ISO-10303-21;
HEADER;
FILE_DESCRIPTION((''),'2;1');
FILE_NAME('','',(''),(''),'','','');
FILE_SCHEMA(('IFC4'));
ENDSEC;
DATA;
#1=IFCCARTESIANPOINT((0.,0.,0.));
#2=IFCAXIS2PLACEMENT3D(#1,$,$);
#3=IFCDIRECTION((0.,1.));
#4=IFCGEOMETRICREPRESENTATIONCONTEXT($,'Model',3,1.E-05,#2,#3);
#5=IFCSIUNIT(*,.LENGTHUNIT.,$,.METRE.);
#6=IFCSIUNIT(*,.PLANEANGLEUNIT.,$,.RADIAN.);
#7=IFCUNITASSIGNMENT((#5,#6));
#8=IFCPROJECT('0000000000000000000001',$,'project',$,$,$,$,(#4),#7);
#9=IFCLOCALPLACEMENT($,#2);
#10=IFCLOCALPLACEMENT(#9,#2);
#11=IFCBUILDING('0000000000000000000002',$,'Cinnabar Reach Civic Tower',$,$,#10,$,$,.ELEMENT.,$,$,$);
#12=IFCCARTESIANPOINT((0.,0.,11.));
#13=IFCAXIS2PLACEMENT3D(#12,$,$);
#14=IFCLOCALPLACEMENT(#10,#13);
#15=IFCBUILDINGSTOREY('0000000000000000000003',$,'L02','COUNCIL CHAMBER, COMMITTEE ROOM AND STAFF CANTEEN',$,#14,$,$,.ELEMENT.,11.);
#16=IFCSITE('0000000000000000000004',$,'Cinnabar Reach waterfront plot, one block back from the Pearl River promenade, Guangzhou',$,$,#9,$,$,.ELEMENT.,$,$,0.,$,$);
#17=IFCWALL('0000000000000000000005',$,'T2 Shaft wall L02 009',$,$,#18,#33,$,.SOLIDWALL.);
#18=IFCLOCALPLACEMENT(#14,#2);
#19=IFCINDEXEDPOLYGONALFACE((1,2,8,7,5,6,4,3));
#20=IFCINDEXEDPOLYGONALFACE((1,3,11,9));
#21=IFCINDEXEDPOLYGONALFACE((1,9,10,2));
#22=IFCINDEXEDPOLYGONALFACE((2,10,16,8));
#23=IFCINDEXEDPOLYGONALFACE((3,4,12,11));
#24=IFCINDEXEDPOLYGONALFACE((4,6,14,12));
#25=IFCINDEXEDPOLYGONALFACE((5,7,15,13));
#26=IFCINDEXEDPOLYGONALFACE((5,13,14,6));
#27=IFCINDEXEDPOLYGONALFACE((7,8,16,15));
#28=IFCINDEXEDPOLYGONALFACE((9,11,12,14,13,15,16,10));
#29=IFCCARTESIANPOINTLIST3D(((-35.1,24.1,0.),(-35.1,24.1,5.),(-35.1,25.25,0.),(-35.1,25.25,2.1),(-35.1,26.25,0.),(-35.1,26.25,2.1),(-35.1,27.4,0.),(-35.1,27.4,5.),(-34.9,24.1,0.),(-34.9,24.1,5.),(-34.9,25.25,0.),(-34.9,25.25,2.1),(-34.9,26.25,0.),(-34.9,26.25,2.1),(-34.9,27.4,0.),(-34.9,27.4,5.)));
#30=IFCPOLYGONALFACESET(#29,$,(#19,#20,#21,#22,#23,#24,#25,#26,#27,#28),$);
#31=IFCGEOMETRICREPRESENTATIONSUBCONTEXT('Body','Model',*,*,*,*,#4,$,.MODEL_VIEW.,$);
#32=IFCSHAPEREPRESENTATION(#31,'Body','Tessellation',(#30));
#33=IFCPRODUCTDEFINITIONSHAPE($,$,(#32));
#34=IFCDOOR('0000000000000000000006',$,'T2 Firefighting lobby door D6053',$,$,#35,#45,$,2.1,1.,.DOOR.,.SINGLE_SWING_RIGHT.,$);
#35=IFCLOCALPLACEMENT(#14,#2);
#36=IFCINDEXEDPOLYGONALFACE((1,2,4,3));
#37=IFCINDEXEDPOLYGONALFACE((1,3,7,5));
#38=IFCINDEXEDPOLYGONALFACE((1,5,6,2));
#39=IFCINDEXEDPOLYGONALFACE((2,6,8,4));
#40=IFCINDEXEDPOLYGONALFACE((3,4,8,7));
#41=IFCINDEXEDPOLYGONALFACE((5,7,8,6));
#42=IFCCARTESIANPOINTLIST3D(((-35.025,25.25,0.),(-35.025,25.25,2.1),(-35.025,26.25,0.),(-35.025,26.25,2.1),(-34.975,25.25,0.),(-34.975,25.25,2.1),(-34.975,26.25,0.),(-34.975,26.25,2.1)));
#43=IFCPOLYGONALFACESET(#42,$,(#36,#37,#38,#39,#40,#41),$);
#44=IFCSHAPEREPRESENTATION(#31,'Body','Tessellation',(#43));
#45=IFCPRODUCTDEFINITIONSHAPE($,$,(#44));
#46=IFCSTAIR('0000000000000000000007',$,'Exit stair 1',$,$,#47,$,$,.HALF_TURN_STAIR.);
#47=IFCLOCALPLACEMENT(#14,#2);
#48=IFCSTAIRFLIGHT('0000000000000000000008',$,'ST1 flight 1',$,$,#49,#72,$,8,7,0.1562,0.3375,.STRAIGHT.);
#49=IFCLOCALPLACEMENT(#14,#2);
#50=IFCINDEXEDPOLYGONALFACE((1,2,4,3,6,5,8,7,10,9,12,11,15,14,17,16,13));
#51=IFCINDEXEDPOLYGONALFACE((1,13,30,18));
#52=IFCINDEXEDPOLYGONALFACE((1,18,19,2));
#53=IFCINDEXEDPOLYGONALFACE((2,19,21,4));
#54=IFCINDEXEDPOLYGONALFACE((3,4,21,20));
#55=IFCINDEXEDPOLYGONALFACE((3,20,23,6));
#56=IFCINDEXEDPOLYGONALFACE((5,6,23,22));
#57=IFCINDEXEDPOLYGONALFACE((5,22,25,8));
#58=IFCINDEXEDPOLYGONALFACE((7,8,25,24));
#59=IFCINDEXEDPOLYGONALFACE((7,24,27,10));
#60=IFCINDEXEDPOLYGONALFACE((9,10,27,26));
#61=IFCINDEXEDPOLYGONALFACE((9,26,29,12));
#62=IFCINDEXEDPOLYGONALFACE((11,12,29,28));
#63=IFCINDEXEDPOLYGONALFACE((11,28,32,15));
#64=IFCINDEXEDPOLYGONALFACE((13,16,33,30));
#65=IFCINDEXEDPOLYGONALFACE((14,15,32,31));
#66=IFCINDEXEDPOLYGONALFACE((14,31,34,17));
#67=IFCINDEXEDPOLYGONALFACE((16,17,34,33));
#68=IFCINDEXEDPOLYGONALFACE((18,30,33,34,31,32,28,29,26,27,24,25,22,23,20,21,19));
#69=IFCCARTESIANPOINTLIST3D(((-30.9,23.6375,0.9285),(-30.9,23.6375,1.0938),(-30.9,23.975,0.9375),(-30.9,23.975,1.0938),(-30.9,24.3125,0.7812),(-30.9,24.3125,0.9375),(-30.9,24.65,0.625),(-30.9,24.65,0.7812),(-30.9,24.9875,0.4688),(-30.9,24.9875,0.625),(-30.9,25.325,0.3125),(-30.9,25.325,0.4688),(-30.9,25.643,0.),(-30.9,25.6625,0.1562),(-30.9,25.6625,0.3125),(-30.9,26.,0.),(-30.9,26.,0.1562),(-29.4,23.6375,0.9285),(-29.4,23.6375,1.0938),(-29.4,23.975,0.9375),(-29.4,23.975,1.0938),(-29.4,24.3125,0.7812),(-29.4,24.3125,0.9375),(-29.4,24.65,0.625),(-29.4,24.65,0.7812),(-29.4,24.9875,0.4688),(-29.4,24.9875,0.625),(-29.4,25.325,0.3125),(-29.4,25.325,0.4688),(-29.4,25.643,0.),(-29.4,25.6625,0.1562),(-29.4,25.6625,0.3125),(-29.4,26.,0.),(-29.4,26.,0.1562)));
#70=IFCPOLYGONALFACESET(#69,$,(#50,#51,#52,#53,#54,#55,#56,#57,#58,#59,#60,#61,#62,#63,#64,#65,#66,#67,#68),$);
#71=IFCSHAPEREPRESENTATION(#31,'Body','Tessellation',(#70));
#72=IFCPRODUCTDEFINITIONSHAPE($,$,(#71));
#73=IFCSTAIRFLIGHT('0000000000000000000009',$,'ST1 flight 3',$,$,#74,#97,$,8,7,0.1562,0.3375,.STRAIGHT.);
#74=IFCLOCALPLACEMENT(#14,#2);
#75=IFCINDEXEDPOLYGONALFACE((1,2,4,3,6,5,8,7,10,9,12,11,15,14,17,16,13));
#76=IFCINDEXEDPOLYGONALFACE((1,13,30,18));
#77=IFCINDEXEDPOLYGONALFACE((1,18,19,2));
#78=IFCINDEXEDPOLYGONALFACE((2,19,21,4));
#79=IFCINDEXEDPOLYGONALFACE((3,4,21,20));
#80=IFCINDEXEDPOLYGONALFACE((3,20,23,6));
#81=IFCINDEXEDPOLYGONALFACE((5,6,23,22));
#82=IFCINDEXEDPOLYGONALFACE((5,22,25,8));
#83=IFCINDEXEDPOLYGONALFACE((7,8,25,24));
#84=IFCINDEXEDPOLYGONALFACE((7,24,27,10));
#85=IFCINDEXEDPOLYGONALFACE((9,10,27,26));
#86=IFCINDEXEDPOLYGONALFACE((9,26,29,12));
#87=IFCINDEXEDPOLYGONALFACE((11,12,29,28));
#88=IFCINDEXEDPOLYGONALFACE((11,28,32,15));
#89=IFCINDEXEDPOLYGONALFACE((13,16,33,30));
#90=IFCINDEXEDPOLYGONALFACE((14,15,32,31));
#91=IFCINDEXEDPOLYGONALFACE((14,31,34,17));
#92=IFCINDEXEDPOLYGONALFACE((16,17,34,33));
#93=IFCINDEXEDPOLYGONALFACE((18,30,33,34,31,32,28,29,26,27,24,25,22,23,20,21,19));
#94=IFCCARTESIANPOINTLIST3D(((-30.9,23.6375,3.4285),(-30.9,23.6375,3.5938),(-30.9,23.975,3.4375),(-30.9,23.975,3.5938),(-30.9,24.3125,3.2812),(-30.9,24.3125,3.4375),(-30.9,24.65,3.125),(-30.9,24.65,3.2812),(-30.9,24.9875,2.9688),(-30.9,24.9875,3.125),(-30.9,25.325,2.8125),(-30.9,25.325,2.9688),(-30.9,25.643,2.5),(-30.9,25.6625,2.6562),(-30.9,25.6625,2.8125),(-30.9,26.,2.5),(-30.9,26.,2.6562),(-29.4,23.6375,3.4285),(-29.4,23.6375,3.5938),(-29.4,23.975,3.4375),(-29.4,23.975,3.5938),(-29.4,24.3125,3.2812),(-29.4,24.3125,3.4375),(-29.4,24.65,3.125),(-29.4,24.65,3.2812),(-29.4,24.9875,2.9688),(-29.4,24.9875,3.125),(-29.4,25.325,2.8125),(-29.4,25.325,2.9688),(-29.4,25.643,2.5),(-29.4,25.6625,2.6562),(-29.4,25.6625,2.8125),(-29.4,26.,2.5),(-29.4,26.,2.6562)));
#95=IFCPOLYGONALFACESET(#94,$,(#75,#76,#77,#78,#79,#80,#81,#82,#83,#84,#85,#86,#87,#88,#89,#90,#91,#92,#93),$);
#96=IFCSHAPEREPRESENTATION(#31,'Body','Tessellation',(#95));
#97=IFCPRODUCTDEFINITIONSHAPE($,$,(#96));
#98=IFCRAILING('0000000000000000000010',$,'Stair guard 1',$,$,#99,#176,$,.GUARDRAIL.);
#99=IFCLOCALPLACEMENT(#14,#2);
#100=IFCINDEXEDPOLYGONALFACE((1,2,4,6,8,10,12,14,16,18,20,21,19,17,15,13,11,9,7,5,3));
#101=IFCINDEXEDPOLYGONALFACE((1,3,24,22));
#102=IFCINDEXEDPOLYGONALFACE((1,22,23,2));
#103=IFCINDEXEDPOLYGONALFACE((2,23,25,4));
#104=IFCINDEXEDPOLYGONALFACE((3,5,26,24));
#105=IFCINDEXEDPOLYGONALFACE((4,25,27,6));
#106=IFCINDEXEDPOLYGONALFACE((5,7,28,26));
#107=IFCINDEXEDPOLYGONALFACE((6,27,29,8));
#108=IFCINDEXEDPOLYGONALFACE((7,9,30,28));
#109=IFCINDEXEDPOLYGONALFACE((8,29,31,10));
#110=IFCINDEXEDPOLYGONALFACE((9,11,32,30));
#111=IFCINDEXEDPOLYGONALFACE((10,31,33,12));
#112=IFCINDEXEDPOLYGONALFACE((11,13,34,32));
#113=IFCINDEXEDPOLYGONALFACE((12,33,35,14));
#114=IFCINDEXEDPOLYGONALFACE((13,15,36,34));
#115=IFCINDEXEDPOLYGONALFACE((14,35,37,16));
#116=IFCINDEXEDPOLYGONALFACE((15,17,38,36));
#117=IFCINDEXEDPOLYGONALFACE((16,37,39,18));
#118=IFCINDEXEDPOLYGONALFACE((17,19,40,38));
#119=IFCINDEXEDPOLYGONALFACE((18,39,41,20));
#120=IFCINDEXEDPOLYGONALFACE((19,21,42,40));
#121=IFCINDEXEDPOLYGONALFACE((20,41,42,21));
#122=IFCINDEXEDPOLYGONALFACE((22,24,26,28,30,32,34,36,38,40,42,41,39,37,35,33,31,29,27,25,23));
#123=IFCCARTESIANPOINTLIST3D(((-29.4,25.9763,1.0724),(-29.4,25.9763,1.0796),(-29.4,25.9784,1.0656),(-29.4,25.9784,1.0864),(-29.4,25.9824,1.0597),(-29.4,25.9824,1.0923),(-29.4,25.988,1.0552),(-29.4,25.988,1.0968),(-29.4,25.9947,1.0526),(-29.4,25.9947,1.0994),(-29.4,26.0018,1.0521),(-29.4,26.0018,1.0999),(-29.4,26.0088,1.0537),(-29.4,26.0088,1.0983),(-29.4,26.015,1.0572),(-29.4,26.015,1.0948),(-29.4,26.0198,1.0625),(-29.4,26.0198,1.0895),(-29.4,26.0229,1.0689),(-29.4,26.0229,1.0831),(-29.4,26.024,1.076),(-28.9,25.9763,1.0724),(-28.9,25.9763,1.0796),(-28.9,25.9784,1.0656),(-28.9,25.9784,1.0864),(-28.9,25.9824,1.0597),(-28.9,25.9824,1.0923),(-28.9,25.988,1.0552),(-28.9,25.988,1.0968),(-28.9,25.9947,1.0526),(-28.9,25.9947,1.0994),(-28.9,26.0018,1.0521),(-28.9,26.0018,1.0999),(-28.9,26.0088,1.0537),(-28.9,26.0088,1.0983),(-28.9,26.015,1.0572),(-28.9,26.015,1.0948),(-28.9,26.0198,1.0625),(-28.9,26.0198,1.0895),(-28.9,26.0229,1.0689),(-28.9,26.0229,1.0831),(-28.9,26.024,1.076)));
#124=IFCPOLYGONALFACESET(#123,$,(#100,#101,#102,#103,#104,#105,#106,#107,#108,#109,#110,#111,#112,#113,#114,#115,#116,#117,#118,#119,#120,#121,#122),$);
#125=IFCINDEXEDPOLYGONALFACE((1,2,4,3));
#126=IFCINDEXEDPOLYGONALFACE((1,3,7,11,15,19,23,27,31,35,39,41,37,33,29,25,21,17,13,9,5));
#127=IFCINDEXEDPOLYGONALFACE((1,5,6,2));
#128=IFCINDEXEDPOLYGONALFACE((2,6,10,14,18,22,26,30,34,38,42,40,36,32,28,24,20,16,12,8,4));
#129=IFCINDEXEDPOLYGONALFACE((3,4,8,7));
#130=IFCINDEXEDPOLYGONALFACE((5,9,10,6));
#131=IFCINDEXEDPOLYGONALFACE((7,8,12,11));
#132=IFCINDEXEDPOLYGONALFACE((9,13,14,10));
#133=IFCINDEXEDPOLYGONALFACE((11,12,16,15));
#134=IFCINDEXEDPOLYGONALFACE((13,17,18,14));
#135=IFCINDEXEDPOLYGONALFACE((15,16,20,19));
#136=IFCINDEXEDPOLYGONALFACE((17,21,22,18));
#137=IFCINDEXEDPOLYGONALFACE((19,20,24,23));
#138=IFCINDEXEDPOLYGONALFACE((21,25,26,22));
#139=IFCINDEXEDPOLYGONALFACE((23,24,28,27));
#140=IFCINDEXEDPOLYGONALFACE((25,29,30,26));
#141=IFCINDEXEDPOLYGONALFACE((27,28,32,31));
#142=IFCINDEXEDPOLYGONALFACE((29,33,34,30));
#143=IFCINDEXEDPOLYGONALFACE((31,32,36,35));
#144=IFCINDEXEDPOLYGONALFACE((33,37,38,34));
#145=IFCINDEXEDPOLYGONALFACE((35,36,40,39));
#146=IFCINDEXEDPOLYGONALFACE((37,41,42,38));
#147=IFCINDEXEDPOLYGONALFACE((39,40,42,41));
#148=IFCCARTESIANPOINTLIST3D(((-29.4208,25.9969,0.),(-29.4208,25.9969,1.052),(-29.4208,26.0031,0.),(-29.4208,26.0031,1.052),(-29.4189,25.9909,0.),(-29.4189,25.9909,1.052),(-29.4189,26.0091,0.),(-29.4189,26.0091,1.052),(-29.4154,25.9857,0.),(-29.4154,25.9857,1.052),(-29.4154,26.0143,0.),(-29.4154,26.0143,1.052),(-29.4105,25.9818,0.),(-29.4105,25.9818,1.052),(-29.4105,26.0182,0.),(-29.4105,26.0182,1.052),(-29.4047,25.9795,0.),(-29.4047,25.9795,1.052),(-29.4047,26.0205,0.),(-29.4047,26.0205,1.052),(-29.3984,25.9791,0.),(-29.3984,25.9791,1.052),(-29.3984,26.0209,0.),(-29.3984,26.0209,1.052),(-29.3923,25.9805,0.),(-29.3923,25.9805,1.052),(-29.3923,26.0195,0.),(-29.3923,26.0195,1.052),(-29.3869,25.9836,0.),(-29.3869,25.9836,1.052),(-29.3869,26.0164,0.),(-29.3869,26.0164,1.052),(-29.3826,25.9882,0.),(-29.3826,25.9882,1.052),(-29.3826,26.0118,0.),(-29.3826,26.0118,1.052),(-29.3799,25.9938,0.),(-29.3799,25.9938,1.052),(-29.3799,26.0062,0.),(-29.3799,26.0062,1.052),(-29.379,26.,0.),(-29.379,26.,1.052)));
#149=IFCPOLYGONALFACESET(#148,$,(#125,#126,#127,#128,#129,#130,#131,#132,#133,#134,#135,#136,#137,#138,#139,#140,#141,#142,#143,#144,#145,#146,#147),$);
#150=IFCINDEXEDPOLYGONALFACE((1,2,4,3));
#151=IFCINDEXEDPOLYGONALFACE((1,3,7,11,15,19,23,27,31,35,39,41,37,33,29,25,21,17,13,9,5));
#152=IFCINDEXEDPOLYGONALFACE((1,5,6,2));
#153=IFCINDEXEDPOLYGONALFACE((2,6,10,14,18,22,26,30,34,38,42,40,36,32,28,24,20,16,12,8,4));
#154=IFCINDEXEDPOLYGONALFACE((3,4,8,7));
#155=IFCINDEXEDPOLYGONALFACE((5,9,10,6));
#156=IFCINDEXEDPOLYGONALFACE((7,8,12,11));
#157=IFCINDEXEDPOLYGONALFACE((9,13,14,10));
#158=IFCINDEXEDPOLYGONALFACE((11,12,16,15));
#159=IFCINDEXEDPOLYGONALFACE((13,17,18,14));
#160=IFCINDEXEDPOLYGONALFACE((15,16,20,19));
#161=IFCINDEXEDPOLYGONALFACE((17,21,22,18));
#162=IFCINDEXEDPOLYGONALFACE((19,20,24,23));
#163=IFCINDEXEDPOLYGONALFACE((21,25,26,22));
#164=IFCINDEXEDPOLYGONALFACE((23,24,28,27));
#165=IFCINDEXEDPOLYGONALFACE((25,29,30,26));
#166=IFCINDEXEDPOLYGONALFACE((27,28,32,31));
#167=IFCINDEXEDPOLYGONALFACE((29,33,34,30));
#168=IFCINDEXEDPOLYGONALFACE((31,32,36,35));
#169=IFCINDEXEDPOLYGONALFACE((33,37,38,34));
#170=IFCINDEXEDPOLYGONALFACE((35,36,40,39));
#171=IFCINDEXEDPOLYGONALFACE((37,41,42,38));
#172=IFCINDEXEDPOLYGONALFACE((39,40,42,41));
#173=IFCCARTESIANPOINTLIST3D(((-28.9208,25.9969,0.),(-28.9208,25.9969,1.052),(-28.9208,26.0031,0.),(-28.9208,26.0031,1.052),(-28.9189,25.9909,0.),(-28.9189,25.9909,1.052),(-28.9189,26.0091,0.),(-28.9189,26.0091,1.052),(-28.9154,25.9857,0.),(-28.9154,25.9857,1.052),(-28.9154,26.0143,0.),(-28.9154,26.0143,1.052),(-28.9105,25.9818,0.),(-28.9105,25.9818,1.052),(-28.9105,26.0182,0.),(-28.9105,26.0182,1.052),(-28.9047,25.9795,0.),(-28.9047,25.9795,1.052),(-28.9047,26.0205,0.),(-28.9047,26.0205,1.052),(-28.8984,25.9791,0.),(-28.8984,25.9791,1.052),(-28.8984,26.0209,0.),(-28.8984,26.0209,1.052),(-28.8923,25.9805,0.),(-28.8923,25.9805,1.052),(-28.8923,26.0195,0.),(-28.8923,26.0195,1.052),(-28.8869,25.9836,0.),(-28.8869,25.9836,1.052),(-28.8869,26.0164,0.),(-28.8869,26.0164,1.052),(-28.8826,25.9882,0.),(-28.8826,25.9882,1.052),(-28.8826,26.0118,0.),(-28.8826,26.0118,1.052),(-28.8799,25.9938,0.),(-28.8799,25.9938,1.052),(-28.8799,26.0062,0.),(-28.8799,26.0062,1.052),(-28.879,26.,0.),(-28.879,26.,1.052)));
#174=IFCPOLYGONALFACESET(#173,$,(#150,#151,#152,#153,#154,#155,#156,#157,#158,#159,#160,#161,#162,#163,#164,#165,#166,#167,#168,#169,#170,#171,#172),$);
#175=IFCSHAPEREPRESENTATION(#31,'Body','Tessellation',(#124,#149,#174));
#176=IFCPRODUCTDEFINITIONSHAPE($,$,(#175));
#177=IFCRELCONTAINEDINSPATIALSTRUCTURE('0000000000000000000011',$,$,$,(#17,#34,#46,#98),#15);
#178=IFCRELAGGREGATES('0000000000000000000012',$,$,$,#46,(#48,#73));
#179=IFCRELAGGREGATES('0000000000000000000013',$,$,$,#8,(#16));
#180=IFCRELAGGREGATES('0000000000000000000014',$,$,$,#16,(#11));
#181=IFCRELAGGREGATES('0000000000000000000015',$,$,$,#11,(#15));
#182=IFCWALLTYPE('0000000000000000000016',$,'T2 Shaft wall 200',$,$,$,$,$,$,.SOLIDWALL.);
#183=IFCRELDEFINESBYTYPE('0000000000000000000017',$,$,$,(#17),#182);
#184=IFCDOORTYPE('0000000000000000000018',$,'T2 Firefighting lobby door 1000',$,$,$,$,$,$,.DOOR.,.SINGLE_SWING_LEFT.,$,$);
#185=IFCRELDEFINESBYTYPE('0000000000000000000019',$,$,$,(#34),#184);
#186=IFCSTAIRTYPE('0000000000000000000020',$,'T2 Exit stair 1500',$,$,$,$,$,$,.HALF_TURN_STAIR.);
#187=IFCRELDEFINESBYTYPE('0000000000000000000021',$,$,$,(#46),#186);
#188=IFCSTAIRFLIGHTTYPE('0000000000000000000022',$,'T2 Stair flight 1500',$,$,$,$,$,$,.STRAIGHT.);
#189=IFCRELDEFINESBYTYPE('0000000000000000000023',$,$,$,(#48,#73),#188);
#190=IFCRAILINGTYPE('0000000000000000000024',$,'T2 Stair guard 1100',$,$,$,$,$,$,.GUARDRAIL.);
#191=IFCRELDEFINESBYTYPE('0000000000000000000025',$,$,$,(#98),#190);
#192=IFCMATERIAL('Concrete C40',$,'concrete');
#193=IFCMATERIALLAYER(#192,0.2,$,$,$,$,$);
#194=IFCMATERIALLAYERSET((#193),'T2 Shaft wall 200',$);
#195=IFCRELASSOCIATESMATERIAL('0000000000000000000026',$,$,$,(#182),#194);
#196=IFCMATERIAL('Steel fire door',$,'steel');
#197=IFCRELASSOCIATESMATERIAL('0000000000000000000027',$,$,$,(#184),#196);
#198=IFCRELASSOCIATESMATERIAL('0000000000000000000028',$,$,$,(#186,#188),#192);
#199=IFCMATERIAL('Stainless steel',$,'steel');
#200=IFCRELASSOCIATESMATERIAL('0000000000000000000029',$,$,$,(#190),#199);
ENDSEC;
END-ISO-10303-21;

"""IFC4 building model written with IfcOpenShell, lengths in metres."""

from ifc_helpers import new_model, si_unit, direction, frame, frame_2d, origin, origin_2d, place, context, subcontext, project, spatial, polyline, rectangle, circle, outline, extrude, material, layer, layer_set, type_object, element, fill, aggregate, save


model = new_model("IFC4")

# Units and contexts
model_context = context("Model", 3, precision=1e-05, world=origin(), true_north=direction((0.0, 1.0)))
body_context = subcontext(model_context, "Body", "Model", "MODEL_VIEW")
ifc_project = project(units=[si_unit("LENGTHUNIT", "METRE"), si_unit("PLANEANGLEUNIT", "RADIAN")], contexts=[model_context])

# Site, building, storey
site_placement = place(None, origin())
site = spatial("IfcSite", under=ifc_project, at=site_placement, Name="Cinnabar Reach waterfront plot, one block back from the Pearl River promenade, Guangzhou", CompositionType="ELEMENT", RefElevation=0.0)
building_placement = place(site_placement, origin())
building = spatial("IfcBuilding", under=site, at=building_placement, Name="Cinnabar Reach Civic Tower", CompositionType="ELEMENT")
storey_placement = place(building_placement, frame((0.0, 0.0, 11.0)))
storey = spatial("IfcBuildingStorey", under=building, at=storey_placement, Name="L02", Description="COUNCIL CHAMBER, COMMITTEE ROOM AND STAFF CANTEEN", CompositionType="ELEMENT", Elevation=11.0)

# Shared definitions
ifc_material_1 = material(Name="Steel fire door", Category="steel")

# Shared definitions
ifc_material_2 = material(Name="Concrete C40", Category="concrete")
ifc_layer_1 = layer(ifc_material_2, 0.2)
ifc_layer_set_1 = layer_set([ifc_layer_1], Name="T2 Shaft wall 200")
wall_type_1 = type_object("IfcWallType", Name="T2 Shaft wall 200", PredefinedType="SOLIDWALL", material=ifc_layer_set_1)

# Wall, opening, door
wall_1_placement = place(storey_placement, frame((-35.0, 24.1, 0.0), z_axis=(0.0, 0.0, 1.0), x_axis=(0.0, 1.0, 0.0)))
wall_1 = element("IfcWall", 1, at=wall_1_placement, inside=storey, type_object=wall_type_1, Name="T2 Shaft wall L02 009", PredefinedType="SOLIDWALL", context=body_context, shape_type="SweptSolid", body=[
    extrude(rectangle(XDim=3.3, YDim=0.2, at=frame_2d((1.65, 0.0))), origin(), (0.0, 0.0, 1.0), 5.0),
])
opening_1_placement = place(wall_1_placement, frame((1.15, 0.0, 0.0)))
opening_1 = element("IfcOpeningElement", 2, at=opening_1_placement, cuts=wall_1, PredefinedType="OPENING", context=body_context, shape_type="SweptSolid", body=[
    extrude(rectangle(XDim=1.0, YDim=2.1, at=frame_2d((0.5, 1.05))), frame((0.0, 0.11, 0.0), z_axis=(0.0, -1.0, 0.0), x_axis=(1.0, 0.0, 0.0)), (0.0, 0.0, 1.0), 0.22),
])
door_type_1 = type_object("IfcDoorType", Name="T2 Firefighting lobby door 1000", OperationType="SINGLE_SWING_LEFT", PredefinedType="DOOR", material=ifc_material_1)
door_1_placement = place(opening_1_placement, origin())
door_1 = element("IfcDoor", 3, at=door_1_placement, inside=storey, type_object=door_type_1, Name="T2 Firefighting lobby door D6053", OperationType="SINGLE_SWING_RIGHT", OverallHeight=2.1, OverallWidth=1.0, PredefinedType="DOOR", context=body_context, shape_type="SweptSolid", body=[
    extrude(rectangle(XDim=1.0, YDim=2.1, at=frame_2d((0.5, 1.05))), frame((0.0, 0.025, 0.0), z_axis=(0.0, -1.0, 0.0), x_axis=(1.0, 0.0, 0.0)), (0.0, 0.0, 1.0), 0.05),
])
fill(opening_1, door_1)

# Stair, stair flights
stair_type = type_object("IfcStairType", Name="T2 Exit stair 1500", PredefinedType="HALF_TURN_STAIR", material=ifc_material_2)
stair_placement = place(storey_placement, origin())
stair = element("IfcStair", 4, at=stair_placement, inside=storey, type_object=stair_type, Name="Exit stair 1", PredefinedType="HALF_TURN_STAIR")
stair_flight_type = type_object("IfcStairFlightType", Name="T2 Stair flight 1500", PredefinedType="STRAIGHT", material=ifc_material_2)
stair_flight_1_placement = place(storey_placement, frame((-30.15, 26.0, 0.0), z_axis=(0.0, 0.0, 1.0), x_axis=(0.0, -1.0, 0.0)))
stair_flight_1 = element("IfcStairFlight", 5, at=stair_flight_1_placement, type_object=stair_flight_type, Name="ST1 flight 1", NumberOfRisers=8, NumberOfTreads=7, PredefinedType="STRAIGHT", RiserHeight=0.1562, TreadLength=0.3375, context=body_context, shape_type="SweptSolid", body=[
    extrude(outline(polyline([(0.0, 0.0), (0.0, 0.1562), (0.3375, 0.1562), (0.3375, 0.3125), (0.675, 0.3125), (0.675, 0.4688), (1.0125, 0.4688), (1.0125, 0.625), (1.35, 0.625), (1.35, 0.7812), (1.6875, 0.7812), (1.6875, 0.9375), (2.025, 0.9375), (2.025, 1.0938), (2.3625, 1.0938), (2.3625, 1.25), (2.3625, 0.9285), (0.357, 0.0), (0.0, 0.0)])), frame((0.0, 0.75, 0.0), z_axis=(0.0, -1.0, 0.0), x_axis=(1.0, 0.0, 0.0)), (0.0, 0.0, 1.0), 1.5),
])
stair_flight_2_placement = place(storey_placement, frame((-30.15, 26.0, 2.5), z_axis=(0.0, 0.0, 1.0), x_axis=(0.0, -1.0, 0.0)))
stair_flight_2 = element("IfcStairFlight", 6, at=stair_flight_2_placement, type_object=stair_flight_type, Name="ST1 flight 3", NumberOfRisers=8, NumberOfTreads=7, PredefinedType="STRAIGHT", RiserHeight=0.1562, TreadLength=0.3375, context=body_context, shape_type="SweptSolid", body=[
    extrude(outline(polyline([(0.0, 0.0), (0.0, 0.1562), (0.3375, 0.1562), (0.3375, 0.3125), (0.675, 0.3125), (0.675, 0.4688), (1.0125, 0.4688), (1.0125, 0.625), (1.35, 0.625), (1.35, 0.7812), (1.6875, 0.7812), (1.6875, 0.9375), (2.025, 0.9375), (2.025, 1.0938), (2.3625, 1.0938), (2.3625, 1.25), (2.3625, 0.9285), (0.357, 0.0), (0.0, 0.0)])), frame((0.0, 0.75, 0.0), z_axis=(0.0, -1.0, 0.0), x_axis=(1.0, 0.0, 0.0)), (0.0, 0.0, 1.0), 1.5),
])
aggregate(stair, [stair_flight_1, stair_flight_2])

# Railing
ifc_material_3 = material(Name="Stainless steel", Category="steel")
railing_type = type_object("IfcRailingType", Name="T2 Stair guard 1100", PredefinedType="GUARDRAIL", material=ifc_material_3)
railing_1_placement = place(storey_placement, frame((-29.4, 26.0, 0.0)))
element("IfcRailing", 7, at=railing_1_placement, inside=storey, type_object=railing_type, Name="Stair guard 1", PredefinedType="GUARDRAIL", context=body_context, shape_type="SweptSolid", body=[
    extrude(circle(Radius=0.024, at=origin_2d()), frame((0.0, 0.0, 1.076), z_axis=(1.0, 0.0, 0.0), x_axis=(0.0, 1.0, 0.0)), (0.0, 0.0, 1.0), 0.5),
    extrude(circle(Radius=0.021, at=origin_2d()), origin(), (0.0, 0.0, 1.0), 1.052),
    extrude(circle(Radius=0.021, at=origin_2d()), frame((0.5, 0.0, 0.0)), (0.0, 0.0, 1.0), 1.052),
])

save(model, "model.ifc")
